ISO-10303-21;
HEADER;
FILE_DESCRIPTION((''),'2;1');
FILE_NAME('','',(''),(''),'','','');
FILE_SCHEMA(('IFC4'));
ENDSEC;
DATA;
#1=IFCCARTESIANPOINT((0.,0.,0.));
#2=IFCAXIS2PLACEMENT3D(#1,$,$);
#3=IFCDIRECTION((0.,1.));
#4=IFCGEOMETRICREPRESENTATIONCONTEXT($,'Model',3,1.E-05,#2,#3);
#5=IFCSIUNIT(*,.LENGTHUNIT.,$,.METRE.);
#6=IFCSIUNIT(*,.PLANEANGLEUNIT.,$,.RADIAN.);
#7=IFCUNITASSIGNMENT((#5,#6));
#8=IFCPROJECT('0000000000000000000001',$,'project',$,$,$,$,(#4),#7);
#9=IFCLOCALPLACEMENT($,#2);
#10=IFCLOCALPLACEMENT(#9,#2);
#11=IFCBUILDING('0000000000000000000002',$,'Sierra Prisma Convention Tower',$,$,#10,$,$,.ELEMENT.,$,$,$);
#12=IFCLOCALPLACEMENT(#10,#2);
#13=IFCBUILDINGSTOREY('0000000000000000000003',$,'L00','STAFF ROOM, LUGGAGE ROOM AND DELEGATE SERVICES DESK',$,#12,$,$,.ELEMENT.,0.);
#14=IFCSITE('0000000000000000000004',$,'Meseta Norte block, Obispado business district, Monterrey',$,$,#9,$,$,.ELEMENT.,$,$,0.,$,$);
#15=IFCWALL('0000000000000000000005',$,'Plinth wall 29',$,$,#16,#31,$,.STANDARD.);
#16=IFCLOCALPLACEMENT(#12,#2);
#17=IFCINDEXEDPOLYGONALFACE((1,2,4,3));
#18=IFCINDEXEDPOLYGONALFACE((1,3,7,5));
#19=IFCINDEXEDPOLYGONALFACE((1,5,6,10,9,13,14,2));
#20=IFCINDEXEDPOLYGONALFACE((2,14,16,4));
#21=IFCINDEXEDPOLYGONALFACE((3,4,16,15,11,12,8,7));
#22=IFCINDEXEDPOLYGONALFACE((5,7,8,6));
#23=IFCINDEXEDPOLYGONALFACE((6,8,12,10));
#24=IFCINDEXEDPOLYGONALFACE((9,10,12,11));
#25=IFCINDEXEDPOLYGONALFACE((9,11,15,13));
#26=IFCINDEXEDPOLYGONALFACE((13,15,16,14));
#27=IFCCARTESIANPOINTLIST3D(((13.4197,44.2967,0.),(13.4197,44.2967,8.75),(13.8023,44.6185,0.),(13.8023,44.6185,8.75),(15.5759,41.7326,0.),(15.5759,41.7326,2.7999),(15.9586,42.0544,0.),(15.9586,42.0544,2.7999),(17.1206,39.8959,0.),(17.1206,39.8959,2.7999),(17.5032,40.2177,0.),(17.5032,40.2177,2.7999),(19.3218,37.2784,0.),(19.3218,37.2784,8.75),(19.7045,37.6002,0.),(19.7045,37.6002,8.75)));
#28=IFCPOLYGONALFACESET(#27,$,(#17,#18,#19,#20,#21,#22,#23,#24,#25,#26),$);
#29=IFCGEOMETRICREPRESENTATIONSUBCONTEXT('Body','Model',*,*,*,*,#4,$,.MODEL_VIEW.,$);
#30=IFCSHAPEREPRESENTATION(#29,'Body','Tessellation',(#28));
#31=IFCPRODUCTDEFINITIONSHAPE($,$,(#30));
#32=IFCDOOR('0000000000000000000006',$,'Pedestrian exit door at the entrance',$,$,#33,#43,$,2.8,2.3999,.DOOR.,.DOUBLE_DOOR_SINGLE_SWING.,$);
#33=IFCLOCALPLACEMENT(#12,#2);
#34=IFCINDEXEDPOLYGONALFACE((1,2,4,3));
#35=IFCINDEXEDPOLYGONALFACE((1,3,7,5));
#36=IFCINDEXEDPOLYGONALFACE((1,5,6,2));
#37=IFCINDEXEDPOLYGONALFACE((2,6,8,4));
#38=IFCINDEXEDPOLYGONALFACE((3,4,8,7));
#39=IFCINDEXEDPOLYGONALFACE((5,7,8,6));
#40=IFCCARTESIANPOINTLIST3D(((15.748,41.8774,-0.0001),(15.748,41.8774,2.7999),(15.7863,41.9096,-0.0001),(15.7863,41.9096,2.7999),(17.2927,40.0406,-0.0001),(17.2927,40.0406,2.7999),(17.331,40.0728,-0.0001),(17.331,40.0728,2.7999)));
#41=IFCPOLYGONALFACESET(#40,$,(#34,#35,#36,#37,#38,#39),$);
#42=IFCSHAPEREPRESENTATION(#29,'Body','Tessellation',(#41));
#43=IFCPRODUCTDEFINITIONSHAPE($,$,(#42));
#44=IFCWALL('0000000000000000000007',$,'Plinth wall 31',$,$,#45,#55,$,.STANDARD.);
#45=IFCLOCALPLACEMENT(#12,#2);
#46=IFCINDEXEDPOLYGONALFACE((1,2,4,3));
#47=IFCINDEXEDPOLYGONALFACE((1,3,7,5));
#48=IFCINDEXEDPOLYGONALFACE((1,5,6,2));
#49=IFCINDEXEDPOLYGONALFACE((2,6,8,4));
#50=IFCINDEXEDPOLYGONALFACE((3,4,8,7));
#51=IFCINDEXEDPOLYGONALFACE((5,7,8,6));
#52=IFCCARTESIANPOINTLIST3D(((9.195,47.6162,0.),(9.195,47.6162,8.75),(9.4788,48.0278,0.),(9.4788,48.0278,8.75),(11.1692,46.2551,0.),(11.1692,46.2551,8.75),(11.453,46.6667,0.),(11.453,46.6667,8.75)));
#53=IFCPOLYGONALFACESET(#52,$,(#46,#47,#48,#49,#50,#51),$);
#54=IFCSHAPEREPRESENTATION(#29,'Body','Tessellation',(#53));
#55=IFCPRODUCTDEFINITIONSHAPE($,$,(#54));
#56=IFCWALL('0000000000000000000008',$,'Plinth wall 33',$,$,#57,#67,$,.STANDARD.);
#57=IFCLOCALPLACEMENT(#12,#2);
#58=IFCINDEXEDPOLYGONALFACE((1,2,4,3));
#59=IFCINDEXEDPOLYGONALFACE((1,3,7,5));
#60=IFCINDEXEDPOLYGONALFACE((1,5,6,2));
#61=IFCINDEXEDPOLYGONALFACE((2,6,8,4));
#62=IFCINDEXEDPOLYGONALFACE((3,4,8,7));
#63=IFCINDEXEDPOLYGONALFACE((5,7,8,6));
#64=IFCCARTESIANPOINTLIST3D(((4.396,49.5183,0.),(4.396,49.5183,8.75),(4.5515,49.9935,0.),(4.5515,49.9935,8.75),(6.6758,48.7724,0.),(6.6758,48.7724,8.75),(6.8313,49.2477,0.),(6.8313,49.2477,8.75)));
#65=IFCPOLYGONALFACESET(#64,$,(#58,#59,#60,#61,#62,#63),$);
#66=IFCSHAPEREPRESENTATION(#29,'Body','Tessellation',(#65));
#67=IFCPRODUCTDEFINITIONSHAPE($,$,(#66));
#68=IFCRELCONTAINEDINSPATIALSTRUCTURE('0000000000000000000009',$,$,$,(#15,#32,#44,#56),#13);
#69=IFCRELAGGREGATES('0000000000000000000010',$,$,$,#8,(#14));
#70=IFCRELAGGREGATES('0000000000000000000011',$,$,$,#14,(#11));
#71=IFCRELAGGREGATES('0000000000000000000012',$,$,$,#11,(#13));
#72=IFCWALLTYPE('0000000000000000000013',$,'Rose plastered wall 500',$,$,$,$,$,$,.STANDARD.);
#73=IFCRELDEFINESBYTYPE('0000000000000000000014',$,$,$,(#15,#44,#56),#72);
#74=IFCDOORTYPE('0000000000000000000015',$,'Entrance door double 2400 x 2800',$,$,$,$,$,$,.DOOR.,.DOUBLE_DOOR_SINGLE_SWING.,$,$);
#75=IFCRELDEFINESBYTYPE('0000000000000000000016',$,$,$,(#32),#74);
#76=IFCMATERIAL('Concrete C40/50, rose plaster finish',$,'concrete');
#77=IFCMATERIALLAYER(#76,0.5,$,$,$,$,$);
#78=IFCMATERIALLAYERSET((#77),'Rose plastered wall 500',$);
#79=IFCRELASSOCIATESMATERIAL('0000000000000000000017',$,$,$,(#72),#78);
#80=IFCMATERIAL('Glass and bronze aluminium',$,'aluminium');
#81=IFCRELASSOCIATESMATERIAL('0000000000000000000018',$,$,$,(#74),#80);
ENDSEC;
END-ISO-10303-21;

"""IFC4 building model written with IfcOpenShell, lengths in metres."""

from ifc_helpers import new_model, si_unit, direction, frame, frame_2d, origin, place, context, subcontext, project, spatial, rectangle, extrude, material, layer, layer_set, type_object, element, fill, save


model = new_model("IFC4")

# Units and contexts
model_context = context("Model", 3, precision=1e-05, world=origin(), true_north=direction((0.0, 1.0)))
body_context = subcontext(model_context, "Body", "Model", "MODEL_VIEW")
ifc_project = project(units=[si_unit("LENGTHUNIT", "METRE"), si_unit("PLANEANGLEUNIT", "RADIAN")], contexts=[model_context])

# Site, building, storey
site_placement = place(None, origin())
site = spatial("IfcSite", under=ifc_project, at=site_placement, Name="Meseta Norte block, Obispado business district, Monterrey", CompositionType="ELEMENT", RefElevation=0.0)
building_placement = place(site_placement, origin())
building = spatial("IfcBuilding", under=site, at=building_placement, Name="Sierra Prisma Convention Tower", CompositionType="ELEMENT")
storey_placement = place(building_placement, origin())
storey = spatial("IfcBuildingStorey", under=building, at=storey_placement, Name="L00", Description="STAFF ROOM, LUGGAGE ROOM AND DELEGATE SERVICES DESK", CompositionType="ELEMENT", Elevation=0.0)

# Shared definitions
ifc_material_1 = material(Name="Concrete C40/50, rose plaster finish", Category="concrete")
ifc_layer_1 = layer(ifc_material_1, 0.5)
ifc_layer_set_1 = layer_set([ifc_layer_1], Name="Rose plastered wall 500")
wall_type_1 = type_object("IfcWallType", Name="Rose plastered wall 500", PredefinedType="STANDARD", material=ifc_layer_set_1)

# Wall, opening, door
wall_1_placement = place(storey_placement, frame((13.6111, 44.4575, 0.0), z_axis=(0.0, 0.0, 1.0), x_axis=(0.643622, -0.765344, 0.0)))
wall_1 = element("IfcWall", 1, at=wall_1_placement, inside=storey, type_object=wall_type_1, Name="Plinth wall 29", PredefinedType="STANDARD", context=body_context, shape_type="SweptSolid", body=[
    extrude(rectangle(XDim=9.1702, YDim=0.5, at=frame_2d((4.585, 0.0))), origin(), (0.0, 0.0, 1.0), 8.75),
])
opening_1_placement = place(wall_1_placement, frame((3.3501, 0.0, 0.0)))
opening_1 = element("IfcOpeningElement", 2, at=opening_1_placement, cuts=wall_1, PredefinedType="OPENING", context=body_context, shape_type="SweptSolid", body=[
    extrude(rectangle(XDim=2.3999, YDim=2.8, at=frame_2d((1.2, 1.3999))), frame((0.0, 0.25, 0.0), z_axis=(0.0, -1.0, 0.0), x_axis=(1.0, 0.0, 0.0)), (0.0, 0.0, 1.0), 0.5),
])
ifc_material_2 = material(Name="Glass and bronze aluminium", Category="aluminium")
door_type_1 = type_object("IfcDoorType", Name="Entrance door double 2400 x 2800", OperationType="DOUBLE_DOOR_SINGLE_SWING", PredefinedType="DOOR", material=ifc_material_2)
door_1_placement = place(opening_1_placement, origin())
door_1 = element("IfcDoor", 3, at=door_1_placement, inside=storey, type_object=door_type_1, Name="Pedestrian exit door at the entrance", OperationType="DOUBLE_DOOR_SINGLE_SWING", OverallHeight=2.8, OverallWidth=2.3999, PredefinedType="DOOR", context=body_context, shape_type="SweptSolid", body=[
    extrude(rectangle(XDim=2.3999, YDim=2.8, at=frame_2d((1.2, 1.3999))), frame((0.0, 0.0249, 0.0), z_axis=(0.0, -1.0, 0.0), x_axis=(1.0, 0.0, 0.0)), (0.0, 0.0, 1.0), 0.05),
])
fill(opening_1, door_1)

# Walls
wall_2_placement = place(storey_placement, frame((9.3369, 47.822, 0.0), z_axis=(0.0, 0.0, 1.0), x_axis=(0.823287, -0.567626, 0.0)))
element("IfcWall", 4, at=wall_2_placement, inside=storey, type_object=wall_type_1, Name="Plinth wall 31", PredefinedType="STANDARD", context=body_context, shape_type="SweptSolid", body=[
    extrude(rectangle(XDim=2.3979, YDim=0.5, at=frame_2d((1.199, 0.0))), origin(), (0.0, 0.0, 1.0), 8.75),
])
wall_3_placement = place(storey_placement, frame((4.4739, 49.7559, 0.0), z_axis=(0.0, 0.0, 1.0), x_axis=(0.950429, -0.31094, 0.0)))
element("IfcWall", 5, at=wall_3_placement, inside=storey, type_object=wall_type_1, Name="Plinth wall 33", PredefinedType="STANDARD", context=body_context, shape_type="SweptSolid", body=[
    extrude(rectangle(XDim=2.3987, YDim=0.5, at=frame_2d((1.1992, 0.0))), origin(), (0.0, 0.0, 1.0), 8.75),
])

save(model, "model.ifc")
